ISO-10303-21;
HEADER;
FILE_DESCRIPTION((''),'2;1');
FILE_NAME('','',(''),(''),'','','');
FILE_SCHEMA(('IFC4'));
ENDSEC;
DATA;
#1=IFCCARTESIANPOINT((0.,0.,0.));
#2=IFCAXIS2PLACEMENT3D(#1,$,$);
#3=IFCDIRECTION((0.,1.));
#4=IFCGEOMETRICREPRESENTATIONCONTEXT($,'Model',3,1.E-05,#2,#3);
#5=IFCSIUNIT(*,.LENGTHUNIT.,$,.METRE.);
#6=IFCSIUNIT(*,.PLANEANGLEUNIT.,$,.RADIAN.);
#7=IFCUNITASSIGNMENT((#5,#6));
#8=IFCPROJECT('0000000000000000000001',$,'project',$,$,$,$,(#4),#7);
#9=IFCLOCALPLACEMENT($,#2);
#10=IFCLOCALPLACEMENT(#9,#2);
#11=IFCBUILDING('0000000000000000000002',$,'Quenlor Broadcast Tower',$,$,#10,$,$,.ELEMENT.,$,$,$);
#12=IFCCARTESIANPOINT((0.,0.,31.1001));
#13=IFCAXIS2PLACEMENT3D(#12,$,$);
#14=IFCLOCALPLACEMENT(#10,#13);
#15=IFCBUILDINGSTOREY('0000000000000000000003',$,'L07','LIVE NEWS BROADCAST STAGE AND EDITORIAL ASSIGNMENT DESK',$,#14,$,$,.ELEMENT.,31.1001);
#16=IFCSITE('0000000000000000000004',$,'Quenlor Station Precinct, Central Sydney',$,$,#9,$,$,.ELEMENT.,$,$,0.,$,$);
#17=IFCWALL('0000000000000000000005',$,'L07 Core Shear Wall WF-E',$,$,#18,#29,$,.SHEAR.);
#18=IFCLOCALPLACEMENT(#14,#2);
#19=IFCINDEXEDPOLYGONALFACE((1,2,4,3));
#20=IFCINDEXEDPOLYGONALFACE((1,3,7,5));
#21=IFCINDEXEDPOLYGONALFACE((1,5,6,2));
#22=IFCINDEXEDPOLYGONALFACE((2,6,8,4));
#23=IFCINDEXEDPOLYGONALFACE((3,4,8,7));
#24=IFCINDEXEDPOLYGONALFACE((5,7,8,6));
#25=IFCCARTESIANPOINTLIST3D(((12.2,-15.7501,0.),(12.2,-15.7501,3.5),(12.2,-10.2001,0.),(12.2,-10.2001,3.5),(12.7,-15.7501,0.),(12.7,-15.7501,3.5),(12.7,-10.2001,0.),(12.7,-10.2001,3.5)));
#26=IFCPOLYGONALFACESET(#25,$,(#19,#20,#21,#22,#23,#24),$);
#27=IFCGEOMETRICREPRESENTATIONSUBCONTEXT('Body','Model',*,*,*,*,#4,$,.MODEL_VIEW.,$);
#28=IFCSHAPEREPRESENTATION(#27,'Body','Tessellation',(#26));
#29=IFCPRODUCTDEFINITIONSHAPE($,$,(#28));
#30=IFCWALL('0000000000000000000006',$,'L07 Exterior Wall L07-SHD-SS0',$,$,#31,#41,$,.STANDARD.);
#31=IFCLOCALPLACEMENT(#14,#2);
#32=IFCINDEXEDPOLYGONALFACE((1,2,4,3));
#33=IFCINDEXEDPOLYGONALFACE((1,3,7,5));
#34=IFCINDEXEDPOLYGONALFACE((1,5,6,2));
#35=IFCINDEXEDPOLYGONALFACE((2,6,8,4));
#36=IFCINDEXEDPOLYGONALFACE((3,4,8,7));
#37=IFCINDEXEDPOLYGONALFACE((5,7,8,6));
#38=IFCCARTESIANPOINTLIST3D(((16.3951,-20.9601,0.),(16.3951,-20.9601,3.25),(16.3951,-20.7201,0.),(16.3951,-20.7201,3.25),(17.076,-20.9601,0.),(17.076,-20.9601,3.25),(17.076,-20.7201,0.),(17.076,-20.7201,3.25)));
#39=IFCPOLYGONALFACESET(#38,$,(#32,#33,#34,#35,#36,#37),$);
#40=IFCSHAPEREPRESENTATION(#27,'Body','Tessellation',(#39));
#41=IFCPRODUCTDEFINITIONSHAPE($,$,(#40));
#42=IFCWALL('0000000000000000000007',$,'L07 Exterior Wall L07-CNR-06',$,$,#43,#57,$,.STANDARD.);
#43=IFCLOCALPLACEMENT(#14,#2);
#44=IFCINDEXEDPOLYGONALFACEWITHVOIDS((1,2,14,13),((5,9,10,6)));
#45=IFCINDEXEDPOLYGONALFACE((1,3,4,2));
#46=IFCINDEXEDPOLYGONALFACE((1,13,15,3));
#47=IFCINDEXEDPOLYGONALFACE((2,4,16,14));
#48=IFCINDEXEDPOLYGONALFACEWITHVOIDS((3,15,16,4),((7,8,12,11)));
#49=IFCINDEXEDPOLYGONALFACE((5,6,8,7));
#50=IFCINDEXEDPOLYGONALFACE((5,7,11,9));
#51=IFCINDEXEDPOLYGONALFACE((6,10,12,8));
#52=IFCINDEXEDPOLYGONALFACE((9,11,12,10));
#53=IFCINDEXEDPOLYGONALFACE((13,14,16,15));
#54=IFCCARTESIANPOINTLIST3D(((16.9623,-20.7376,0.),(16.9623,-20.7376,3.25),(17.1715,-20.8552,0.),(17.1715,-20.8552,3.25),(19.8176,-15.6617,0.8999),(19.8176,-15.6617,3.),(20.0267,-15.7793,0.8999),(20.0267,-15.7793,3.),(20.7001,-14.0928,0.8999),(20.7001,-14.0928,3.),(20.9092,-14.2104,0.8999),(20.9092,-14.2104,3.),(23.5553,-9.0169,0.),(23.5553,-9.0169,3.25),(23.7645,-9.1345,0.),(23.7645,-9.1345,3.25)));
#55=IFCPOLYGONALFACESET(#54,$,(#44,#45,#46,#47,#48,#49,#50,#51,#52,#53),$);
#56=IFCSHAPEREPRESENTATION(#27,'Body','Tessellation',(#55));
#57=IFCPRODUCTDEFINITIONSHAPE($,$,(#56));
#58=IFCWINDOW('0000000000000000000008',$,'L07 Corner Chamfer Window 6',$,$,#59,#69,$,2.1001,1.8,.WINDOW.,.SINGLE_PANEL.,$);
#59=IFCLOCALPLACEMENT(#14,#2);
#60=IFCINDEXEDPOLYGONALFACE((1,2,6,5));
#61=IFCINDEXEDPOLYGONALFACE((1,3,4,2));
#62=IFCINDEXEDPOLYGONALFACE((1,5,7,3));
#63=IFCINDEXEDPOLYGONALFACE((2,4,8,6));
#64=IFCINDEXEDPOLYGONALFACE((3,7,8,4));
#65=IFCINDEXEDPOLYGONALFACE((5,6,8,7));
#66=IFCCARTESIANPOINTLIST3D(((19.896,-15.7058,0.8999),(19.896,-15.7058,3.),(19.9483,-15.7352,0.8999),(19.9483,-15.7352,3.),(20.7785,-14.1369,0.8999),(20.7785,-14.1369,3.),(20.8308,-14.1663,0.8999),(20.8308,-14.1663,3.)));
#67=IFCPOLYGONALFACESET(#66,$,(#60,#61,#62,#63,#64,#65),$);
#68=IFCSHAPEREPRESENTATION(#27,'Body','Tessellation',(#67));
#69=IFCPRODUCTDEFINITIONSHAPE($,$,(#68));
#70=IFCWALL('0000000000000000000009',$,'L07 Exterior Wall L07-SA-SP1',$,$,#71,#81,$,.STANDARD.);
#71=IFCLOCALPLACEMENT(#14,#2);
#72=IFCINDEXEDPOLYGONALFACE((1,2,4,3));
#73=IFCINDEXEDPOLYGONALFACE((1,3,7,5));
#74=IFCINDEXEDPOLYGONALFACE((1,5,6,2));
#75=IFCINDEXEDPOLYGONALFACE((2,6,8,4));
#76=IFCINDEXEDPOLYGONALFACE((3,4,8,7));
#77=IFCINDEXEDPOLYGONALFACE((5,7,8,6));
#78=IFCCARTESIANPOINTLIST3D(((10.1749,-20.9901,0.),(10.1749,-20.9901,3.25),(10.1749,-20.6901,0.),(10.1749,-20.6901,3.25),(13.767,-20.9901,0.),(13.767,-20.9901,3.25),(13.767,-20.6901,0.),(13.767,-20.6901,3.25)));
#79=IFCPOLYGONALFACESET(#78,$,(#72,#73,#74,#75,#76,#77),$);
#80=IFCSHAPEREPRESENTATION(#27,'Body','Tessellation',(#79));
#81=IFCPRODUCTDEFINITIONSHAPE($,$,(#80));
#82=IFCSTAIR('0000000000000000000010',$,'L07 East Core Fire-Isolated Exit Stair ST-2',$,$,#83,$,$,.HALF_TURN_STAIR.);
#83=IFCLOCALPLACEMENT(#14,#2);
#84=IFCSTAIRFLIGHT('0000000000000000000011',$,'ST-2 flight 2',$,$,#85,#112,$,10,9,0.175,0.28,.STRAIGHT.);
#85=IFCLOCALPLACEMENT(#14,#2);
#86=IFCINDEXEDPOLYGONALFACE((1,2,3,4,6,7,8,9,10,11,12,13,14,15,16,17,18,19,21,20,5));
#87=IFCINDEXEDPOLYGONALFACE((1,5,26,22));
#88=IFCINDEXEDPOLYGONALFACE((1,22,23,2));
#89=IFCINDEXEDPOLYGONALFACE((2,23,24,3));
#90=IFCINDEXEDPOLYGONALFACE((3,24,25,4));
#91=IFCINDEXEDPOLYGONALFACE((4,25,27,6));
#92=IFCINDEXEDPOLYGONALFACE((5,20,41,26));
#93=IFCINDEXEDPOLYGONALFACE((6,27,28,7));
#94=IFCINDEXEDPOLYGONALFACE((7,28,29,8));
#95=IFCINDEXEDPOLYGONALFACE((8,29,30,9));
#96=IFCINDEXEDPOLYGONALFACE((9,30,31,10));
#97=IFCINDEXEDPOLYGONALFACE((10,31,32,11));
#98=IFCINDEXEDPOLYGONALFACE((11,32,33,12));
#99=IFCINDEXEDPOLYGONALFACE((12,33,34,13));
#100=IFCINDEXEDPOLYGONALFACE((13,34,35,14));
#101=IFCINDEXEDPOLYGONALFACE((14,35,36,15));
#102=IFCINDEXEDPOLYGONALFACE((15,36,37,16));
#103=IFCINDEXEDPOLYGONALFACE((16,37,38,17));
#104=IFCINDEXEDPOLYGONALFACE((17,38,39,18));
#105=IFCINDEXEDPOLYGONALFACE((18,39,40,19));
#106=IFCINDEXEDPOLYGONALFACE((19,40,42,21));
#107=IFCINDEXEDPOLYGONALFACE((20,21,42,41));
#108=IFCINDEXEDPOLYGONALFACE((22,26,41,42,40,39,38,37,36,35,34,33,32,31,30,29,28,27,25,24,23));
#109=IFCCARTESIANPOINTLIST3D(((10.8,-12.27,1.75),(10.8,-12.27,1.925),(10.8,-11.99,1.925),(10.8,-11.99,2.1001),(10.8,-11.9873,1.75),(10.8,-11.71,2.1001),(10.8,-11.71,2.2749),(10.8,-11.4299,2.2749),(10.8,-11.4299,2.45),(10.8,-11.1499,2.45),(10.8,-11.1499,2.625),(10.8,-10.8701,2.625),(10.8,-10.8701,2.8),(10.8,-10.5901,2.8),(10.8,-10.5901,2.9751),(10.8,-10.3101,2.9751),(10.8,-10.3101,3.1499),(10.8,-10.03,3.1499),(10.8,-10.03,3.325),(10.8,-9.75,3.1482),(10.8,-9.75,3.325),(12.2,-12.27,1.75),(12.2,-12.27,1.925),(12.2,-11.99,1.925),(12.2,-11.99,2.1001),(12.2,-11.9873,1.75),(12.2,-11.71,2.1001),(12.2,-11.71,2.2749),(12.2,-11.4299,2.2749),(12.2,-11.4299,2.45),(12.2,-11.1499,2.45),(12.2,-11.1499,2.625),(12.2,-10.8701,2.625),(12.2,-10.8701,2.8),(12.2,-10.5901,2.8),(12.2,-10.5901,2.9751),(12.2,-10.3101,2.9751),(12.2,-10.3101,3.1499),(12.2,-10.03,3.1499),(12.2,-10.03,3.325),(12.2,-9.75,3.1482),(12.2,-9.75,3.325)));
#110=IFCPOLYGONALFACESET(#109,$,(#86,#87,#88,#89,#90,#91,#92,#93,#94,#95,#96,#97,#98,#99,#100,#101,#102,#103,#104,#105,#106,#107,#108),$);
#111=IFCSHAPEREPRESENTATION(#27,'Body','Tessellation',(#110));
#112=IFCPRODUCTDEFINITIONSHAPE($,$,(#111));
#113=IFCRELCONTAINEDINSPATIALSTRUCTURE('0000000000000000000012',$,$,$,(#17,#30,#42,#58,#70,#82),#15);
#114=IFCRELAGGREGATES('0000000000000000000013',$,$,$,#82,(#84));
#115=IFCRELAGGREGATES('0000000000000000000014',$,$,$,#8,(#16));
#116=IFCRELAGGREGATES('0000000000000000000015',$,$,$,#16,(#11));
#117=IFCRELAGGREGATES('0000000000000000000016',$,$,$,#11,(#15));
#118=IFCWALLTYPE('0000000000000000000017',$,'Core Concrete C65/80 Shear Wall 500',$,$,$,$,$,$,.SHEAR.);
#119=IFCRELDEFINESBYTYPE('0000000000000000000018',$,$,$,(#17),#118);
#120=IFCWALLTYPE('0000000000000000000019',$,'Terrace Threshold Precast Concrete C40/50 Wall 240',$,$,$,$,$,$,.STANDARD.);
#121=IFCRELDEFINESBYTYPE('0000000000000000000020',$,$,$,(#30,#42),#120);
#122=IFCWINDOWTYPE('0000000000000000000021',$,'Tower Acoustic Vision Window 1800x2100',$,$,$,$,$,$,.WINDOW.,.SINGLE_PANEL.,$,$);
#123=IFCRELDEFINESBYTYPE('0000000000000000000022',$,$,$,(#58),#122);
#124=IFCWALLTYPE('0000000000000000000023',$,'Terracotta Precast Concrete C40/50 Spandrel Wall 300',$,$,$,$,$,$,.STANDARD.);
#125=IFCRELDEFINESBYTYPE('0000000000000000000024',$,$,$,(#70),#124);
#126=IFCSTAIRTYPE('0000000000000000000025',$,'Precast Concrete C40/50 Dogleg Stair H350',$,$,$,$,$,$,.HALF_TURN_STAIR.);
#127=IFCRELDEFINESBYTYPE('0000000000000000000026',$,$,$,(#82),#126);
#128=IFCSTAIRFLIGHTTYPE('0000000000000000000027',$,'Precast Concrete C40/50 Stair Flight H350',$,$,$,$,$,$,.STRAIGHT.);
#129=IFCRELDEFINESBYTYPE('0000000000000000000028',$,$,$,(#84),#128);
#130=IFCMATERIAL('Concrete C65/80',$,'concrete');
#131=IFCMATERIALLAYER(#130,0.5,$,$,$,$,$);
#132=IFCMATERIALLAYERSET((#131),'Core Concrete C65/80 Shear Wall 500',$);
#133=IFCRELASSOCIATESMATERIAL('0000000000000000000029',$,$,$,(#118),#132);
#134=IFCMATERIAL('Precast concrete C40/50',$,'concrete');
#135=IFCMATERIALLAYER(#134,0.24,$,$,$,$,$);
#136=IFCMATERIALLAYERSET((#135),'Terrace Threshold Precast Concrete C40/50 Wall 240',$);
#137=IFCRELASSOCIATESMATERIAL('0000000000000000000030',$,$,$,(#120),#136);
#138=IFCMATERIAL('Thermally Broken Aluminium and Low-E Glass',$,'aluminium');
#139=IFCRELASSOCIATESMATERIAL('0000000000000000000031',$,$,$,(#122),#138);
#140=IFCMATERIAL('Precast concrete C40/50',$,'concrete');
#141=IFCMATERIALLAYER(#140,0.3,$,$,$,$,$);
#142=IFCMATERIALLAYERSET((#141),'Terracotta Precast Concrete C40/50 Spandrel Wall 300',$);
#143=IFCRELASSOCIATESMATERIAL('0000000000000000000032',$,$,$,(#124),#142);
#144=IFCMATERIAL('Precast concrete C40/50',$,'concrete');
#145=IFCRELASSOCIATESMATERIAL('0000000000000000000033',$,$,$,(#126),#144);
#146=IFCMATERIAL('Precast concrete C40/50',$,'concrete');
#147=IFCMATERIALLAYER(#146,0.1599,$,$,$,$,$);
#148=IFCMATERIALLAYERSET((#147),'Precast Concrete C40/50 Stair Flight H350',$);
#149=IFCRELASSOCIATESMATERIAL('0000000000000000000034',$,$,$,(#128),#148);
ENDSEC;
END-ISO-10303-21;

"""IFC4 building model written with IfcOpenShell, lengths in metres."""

from ifc_helpers import new_model, si_unit, direction, frame, frame_2d, origin, place, context, subcontext, project, spatial, polyline, rectangle, outline, extrude, material, layer, layer_set, type_object, element, fill, aggregate, save


model = new_model("IFC4")

# Units and contexts
model_context = context("Model", 3, precision=1e-05, world=origin(), true_north=direction((0.0, 1.0)))
body_context = subcontext(model_context, "Body", "Model", "MODEL_VIEW")
ifc_project = project(units=[si_unit("LENGTHUNIT", "METRE"), si_unit("PLANEANGLEUNIT", "RADIAN")], contexts=[model_context])

# Site, building, storey
site_placement = place(None, origin())
site = spatial("IfcSite", under=ifc_project, at=site_placement, Name="Quenlor Station Precinct, Central Sydney", CompositionType="ELEMENT", RefElevation=0.0)
building_placement = place(site_placement, origin())
building = spatial("IfcBuilding", under=site, at=building_placement, Name="Quenlor Broadcast Tower", CompositionType="ELEMENT")
storey_placement = place(building_placement, frame((0.0, 0.0, 31.1001)))
storey = spatial("IfcBuildingStorey", under=building, at=storey_placement, Name="L07", Description="LIVE NEWS BROADCAST STAGE AND EDITORIAL ASSIGNMENT DESK", CompositionType="ELEMENT", Elevation=31.1001)

# Walls
ifc_material_1 = material(Name="Concrete C65/80", Category="concrete")
ifc_layer_1 = layer(ifc_material_1, 0.5)
ifc_layer_set_1 = layer_set([ifc_layer_1], Name="Core Concrete C65/80 Shear Wall 500")
wall_type_1 = type_object("IfcWallType", Name="Core Concrete C65/80 Shear Wall 500", PredefinedType="SHEAR", material=ifc_layer_set_1)
wall_1_placement = place(storey_placement, frame((12.45, -15.75, 0.0), z_axis=(0.0, 0.0, 1.0), x_axis=(0.0, 1.0, 0.0)))
element("IfcWall", 1, at=wall_1_placement, inside=storey, type_object=wall_type_1, Name="L07 Core Shear Wall WF-E", PredefinedType="SHEAR", context=body_context, shape_type="SweptSolid", body=[
    extrude(rectangle(XDim=5.55, YDim=0.5, at=frame_2d((2.7749, 0.0))), origin(), (0.0, 0.0, 1.0), 3.5),
])
ifc_material_2 = material(Name="Precast concrete C40/50", Category="concrete")
ifc_layer_2 = layer(ifc_material_2, 0.24)
ifc_layer_set_2 = layer_set([ifc_layer_2], Name="Terrace Threshold Precast Concrete C40/50 Wall 240")
wall_type_2 = type_object("IfcWallType", Name="Terrace Threshold Precast Concrete C40/50 Wall 240", PredefinedType="STANDARD", material=ifc_layer_set_2)
wall_2_placement = place(storey_placement, frame((17.0759, -20.8401, 0.0), z_axis=(0.0, 0.0, 1.0), x_axis=(-1.0, 0.0, 0.0)))
element("IfcWall", 2, at=wall_2_placement, inside=storey, type_object=wall_type_2, Name="L07 Exterior Wall L07-SHD-SS0", PredefinedType="STANDARD", context=body_context, shape_type="SweptSolid", body=[
    extrude(rectangle(XDim=0.6809, YDim=0.24, at=frame_2d((0.3403, 0.0))), origin(), (0.0, 0.0, 1.0), 3.25),
])

# Wall, opening, window
wall_3_placement = place(storey_placement, frame((17.0669, -20.7964, 0.0), z_axis=(0.0, 0.0, 1.0), x_axis=(0.490268, 0.871572, 0.0)))
wall_3 = element("IfcWall", 3, at=wall_3_placement, inside=storey, type_object=wall_type_2, Name="L07 Exterior Wall L07-CNR-06", PredefinedType="STANDARD", context=body_context, shape_type="SweptSolid", body=[
    extrude(rectangle(XDim=13.4478, YDim=0.24, at=frame_2d((6.7239, 0.0))), origin(), (0.0, 0.0, 1.0), 3.25),
])
opening_placement = place(wall_3_placement, frame((5.824, 0.0, 0.8999)))
opening = element("IfcOpeningElement", 4, at=opening_placement, cuts=wall_3, PredefinedType="OPENING", context=body_context, shape_type="SweptSolid", body=[
    extrude(rectangle(XDim=1.8, YDim=2.1001, at=frame_2d((0.8999, 1.05))), frame((0.0, 0.1299, 0.0), z_axis=(0.0, -1.0, 0.0), x_axis=(1.0, 0.0, 0.0)), (0.0, 0.0, 1.0), 0.26),
])
ifc_material_3 = material(Name="Thermally Broken Aluminium and Low-E Glass", Category="aluminium")
window_type = type_object("IfcWindowType", Name="Tower Acoustic Vision Window 1800x2100", PartitioningType="SINGLE_PANEL", PredefinedType="WINDOW", material=ifc_material_3)
window_placement = place(opening_placement, origin())
window = element("IfcWindow", 5, at=window_placement, inside=storey, type_object=window_type, Name="L07 Corner Chamfer Window 6", OverallHeight=2.1001, OverallWidth=1.8, PartitioningType="SINGLE_PANEL", PredefinedType="WINDOW", context=body_context, shape_type="SweptSolid", body=[
    extrude(rectangle(XDim=1.8, YDim=2.1001, at=frame_2d((0.8999, 1.05))), frame((0.0, 0.03, 0.0), z_axis=(0.0, -1.0, 0.0), x_axis=(1.0, 0.0, 0.0)), (0.0, 0.0, 1.0), 0.0601),
])
fill(opening, window)

# Wall
ifc_material_4 = material(Name="Precast concrete C40/50", Category="concrete")
ifc_layer_3 = layer(ifc_material_4, 0.3)
ifc_layer_set_3 = layer_set([ifc_layer_3], Name="Terracotta Precast Concrete C40/50 Spandrel Wall 300")
wall_type_3 = type_object("IfcWallType", Name="Terracotta Precast Concrete C40/50 Spandrel Wall 300", PredefinedType="STANDARD", material=ifc_layer_set_3)
wall_4_placement = place(storey_placement, frame((13.7668, -20.8401, 0.0), z_axis=(0.0, 0.0, 1.0), x_axis=(-1.0, 0.0, 0.0)))
element("IfcWall", 6, at=wall_4_placement, inside=storey, type_object=wall_type_3, Name="L07 Exterior Wall L07-SA-SP1", PredefinedType="STANDARD", context=body_context, shape_type="SweptSolid", body=[
    extrude(rectangle(XDim=3.592, YDim=0.3, at=frame_2d((1.7959, 0.0))), origin(), (0.0, 0.0, 1.0), 3.25),
])

# Stair, stair flight
ifc_material_5 = material(Name="Precast concrete C40/50", Category="concrete")
stair_type = type_object("IfcStairType", Name="Precast Concrete C40/50 Dogleg Stair H350", PredefinedType="HALF_TURN_STAIR", material=ifc_material_5)
stair_placement = place(storey_placement, origin())
stair = element("IfcStair", 7, at=stair_placement, inside=storey, type_object=stair_type, Name="L07 East Core Fire-Isolated Exit Stair ST-2", PredefinedType="HALF_TURN_STAIR")
ifc_material_6 = material(Name="Precast concrete C40/50", Category="concrete")
ifc_layer_4 = layer(ifc_material_6, 0.1599)
ifc_layer_set_4 = layer_set([ifc_layer_4], Name="Precast Concrete C40/50 Stair Flight H350")
stair_flight_type = type_object("IfcStairFlightType", Name="Precast Concrete C40/50 Stair Flight H350", PredefinedType="STRAIGHT", material=ifc_layer_set_4)
stair_flight_placement = place(storey_placement, frame((11.5, -12.27, 1.75), z_axis=(0.0, 0.0, 1.0), x_axis=(0.0, 1.0, 0.0)))
stair_flight = element("IfcStairFlight", 8, at=stair_flight_placement, type_object=stair_flight_type, Name="ST-2 flight 2", NumberOfRisers=10, NumberOfTreads=9, PredefinedType="STRAIGHT", RiserHeight=0.175, TreadLength=0.28, context=body_context, shape_type="SweptSolid", body=[
    extrude(outline(polyline([(0.0, 0.0), (0.0, 0.175), (0.28, 0.175), (0.28, 0.3501), (0.5601, 0.3501), (0.5601, 0.5249), (0.8401, 0.5249), (0.8401, 0.7), (1.1201, 0.7), (1.1201, 0.875), (1.3999, 0.875), (1.3999, 1.05), (1.6799, 1.05), (1.6799, 1.2251), (1.96, 1.2251), (1.96, 1.3999), (2.24, 1.3999), (2.24, 1.575), (2.52, 1.575), (2.52, 1.75), (2.52, 1.3982), (0.2827, 0.0), (0.0, 0.0)])), frame((0.0, 0.7, 0.0), z_axis=(0.0, -1.0, 0.0), x_axis=(1.0, 0.0, 0.0)), (0.0, 0.0, 1.0), 1.3999),
])
aggregate(stair, [stair_flight])

save(model, "model.ifc")
